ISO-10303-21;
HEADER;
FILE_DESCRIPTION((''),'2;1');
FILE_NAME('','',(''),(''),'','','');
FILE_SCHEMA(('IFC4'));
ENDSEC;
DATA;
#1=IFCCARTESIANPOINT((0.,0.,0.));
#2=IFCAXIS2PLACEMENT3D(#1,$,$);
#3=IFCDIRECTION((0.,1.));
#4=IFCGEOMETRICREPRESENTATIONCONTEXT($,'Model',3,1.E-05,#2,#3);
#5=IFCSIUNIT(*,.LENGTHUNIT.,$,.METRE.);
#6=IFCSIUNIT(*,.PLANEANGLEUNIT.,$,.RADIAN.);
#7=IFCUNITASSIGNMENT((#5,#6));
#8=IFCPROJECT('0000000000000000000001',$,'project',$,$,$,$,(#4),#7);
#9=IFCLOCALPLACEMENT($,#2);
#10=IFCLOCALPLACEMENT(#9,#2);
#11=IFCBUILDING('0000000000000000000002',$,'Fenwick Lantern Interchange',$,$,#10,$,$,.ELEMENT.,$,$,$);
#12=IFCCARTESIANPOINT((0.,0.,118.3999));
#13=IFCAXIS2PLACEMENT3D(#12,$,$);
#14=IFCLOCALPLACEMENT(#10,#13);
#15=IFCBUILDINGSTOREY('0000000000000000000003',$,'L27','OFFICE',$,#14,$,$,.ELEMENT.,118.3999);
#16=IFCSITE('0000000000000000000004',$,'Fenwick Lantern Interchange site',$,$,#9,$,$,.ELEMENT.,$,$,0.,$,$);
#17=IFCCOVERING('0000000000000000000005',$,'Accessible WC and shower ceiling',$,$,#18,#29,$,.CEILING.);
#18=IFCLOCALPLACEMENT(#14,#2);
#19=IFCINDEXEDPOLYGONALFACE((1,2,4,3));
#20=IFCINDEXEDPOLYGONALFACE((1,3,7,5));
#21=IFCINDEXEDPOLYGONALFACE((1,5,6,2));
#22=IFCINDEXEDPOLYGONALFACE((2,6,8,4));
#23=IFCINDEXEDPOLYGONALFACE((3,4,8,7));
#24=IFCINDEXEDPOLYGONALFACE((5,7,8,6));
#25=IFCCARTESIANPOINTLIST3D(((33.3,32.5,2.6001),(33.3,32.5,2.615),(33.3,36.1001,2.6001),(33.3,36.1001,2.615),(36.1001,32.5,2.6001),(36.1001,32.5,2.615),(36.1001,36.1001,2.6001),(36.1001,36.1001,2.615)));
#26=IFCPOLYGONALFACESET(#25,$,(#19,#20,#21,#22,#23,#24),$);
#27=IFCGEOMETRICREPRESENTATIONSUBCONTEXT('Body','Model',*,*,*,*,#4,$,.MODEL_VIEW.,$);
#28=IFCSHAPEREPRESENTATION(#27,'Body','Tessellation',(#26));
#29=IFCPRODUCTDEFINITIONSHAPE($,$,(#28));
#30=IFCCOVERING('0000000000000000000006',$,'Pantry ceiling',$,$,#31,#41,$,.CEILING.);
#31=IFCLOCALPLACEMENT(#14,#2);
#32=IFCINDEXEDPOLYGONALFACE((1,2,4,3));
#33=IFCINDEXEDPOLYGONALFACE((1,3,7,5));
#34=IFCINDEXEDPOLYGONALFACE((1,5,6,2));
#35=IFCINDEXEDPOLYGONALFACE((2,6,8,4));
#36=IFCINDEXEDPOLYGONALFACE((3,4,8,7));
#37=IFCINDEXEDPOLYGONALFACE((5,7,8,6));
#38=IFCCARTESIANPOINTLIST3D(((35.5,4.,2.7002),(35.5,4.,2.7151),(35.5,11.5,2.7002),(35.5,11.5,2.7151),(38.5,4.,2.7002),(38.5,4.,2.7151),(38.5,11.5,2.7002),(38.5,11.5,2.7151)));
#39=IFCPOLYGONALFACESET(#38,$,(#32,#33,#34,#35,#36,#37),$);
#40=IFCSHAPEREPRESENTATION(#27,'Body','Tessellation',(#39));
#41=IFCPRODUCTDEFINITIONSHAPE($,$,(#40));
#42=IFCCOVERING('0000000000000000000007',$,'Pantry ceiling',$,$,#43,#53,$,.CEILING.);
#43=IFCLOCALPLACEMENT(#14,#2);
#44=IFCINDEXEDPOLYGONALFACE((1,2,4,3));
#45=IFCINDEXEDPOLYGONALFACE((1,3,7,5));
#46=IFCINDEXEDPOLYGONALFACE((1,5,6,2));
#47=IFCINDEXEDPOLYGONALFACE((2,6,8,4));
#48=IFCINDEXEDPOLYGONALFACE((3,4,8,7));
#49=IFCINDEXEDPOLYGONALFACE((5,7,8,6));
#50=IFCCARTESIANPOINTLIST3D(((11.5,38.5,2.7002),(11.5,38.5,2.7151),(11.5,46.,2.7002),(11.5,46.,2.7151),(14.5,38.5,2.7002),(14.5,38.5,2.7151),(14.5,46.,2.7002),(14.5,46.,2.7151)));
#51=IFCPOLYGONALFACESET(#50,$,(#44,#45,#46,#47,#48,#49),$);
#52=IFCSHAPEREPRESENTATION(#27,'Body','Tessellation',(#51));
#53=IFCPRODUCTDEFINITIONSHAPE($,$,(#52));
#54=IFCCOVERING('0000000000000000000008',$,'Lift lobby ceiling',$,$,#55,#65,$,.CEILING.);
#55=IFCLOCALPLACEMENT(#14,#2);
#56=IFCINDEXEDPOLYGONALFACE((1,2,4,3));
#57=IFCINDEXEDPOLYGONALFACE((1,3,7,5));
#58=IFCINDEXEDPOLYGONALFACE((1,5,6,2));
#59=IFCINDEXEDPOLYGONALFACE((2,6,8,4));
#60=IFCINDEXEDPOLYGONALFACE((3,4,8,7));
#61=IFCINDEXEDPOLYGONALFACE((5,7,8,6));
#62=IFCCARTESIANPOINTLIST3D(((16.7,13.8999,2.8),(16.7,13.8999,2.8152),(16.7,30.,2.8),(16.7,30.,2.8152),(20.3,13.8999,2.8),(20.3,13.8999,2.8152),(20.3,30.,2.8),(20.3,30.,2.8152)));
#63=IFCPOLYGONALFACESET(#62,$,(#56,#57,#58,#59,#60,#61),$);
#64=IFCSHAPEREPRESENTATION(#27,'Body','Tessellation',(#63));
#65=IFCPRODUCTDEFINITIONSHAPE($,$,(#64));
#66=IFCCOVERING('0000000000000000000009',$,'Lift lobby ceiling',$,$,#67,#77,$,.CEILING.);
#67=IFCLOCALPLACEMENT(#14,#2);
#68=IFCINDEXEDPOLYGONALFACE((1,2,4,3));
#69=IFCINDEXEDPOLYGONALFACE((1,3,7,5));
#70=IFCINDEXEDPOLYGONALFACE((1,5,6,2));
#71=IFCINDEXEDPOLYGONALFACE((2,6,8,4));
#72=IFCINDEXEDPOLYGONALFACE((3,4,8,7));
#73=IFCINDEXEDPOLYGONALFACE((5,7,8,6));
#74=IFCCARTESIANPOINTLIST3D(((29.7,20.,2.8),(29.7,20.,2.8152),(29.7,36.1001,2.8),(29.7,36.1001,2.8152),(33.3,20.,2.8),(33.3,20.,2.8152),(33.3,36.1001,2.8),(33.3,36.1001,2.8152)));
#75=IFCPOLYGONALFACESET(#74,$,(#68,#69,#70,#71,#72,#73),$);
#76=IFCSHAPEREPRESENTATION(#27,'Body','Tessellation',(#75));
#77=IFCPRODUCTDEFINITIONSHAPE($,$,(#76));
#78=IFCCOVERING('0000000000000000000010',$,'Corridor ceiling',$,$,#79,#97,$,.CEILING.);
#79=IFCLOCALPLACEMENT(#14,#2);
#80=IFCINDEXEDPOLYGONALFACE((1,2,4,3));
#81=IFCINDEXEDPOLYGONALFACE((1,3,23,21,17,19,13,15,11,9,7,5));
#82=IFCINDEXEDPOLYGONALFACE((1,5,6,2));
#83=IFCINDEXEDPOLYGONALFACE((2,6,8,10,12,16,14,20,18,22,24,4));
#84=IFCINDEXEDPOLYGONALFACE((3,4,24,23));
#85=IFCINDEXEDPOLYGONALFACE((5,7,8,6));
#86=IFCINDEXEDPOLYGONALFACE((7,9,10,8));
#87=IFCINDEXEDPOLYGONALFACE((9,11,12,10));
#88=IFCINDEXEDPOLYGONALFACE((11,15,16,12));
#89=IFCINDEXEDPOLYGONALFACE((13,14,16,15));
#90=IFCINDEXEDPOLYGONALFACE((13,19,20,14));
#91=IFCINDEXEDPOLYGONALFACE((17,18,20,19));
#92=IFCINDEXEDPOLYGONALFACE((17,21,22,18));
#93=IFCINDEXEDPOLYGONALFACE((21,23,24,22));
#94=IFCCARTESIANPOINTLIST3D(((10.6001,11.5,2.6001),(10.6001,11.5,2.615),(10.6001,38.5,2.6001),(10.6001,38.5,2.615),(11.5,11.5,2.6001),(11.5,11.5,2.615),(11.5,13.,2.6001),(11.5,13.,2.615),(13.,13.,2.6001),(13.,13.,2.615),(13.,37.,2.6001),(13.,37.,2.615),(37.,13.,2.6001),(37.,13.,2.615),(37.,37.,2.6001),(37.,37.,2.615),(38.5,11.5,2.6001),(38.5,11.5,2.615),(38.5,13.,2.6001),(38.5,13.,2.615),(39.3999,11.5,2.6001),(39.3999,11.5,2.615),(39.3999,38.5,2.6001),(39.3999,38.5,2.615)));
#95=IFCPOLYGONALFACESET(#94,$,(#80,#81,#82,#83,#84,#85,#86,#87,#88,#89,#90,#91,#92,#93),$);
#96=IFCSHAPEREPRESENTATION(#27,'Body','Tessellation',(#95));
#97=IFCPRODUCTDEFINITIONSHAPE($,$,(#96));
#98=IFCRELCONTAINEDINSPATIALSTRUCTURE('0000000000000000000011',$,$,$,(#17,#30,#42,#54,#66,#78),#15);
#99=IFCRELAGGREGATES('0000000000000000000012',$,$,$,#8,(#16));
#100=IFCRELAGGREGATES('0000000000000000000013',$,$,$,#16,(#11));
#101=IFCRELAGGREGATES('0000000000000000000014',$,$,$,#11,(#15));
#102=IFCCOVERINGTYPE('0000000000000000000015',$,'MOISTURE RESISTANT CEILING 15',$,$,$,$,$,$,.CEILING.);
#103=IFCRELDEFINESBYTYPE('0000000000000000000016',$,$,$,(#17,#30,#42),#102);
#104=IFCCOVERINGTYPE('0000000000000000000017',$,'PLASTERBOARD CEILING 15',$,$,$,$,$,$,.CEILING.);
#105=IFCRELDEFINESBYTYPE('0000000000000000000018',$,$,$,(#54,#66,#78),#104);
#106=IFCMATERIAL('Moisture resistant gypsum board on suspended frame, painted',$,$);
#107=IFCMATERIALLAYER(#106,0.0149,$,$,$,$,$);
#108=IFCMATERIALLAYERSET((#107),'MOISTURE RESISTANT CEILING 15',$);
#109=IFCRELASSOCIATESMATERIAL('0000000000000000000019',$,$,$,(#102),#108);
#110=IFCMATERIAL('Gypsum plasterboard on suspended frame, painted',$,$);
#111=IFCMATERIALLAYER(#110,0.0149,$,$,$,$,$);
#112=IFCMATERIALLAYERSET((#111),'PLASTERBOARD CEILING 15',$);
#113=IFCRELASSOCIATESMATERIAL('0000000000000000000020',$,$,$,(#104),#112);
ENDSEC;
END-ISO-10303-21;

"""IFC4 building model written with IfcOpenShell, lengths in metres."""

from ifc_helpers import new_model, si_unit, direction, frame, origin, place, context, subcontext, project, spatial, polyline, outline, extrude, material, layer, layer_set, type_object, element, save


model = new_model("IFC4")

# Units and contexts
model_context = context("Model", 3, precision=1e-05, world=origin(), true_north=direction((0.0, 1.0)))
body_context = subcontext(model_context, "Body", "Model", "MODEL_VIEW")
ifc_project = project(units=[si_unit("LENGTHUNIT", "METRE"), si_unit("PLANEANGLEUNIT", "RADIAN")], contexts=[model_context])

# Site, building, storey
site_placement = place(None, origin())
site = spatial("IfcSite", under=ifc_project, at=site_placement, Name="Fenwick Lantern Interchange site", CompositionType="ELEMENT", RefElevation=0.0)
building_placement = place(site_placement, origin())
building = spatial("IfcBuilding", under=site, at=building_placement, Name="Fenwick Lantern Interchange", CompositionType="ELEMENT")
storey_placement = place(building_placement, frame((0.0, 0.0, 118.3999)))
storey = spatial("IfcBuildingStorey", under=building, at=storey_placement, Name="L27", Description="OFFICE", CompositionType="ELEMENT", Elevation=118.3999)

# Coverings
ifc_material_1 = material(Name="Moisture resistant gypsum board on suspended frame, painted")
ifc_layer_1 = layer(ifc_material_1, 0.0149)
ifc_layer_set_1 = layer_set([ifc_layer_1], Name="MOISTURE RESISTANT CEILING 15")
covering_type_1 = type_object("IfcCoveringType", Name="MOISTURE RESISTANT CEILING 15", PredefinedType="CEILING", material=ifc_layer_set_1)
covering_1_placement = place(storey_placement, frame((0.0, 0.0, 2.6001)))
element("IfcCovering", 1, at=covering_1_placement, inside=storey, type_object=covering_type_1, Name="Accessible WC and shower ceiling", PredefinedType="CEILING", context=body_context, shape_type="SweptSolid", body=[
    extrude(outline(polyline([(36.1001, 36.1001), (33.3, 36.1001), (33.3, 32.5), (36.1001, 32.5), (36.1001, 36.1001)])), origin(), (0.0, 0.0, 1.0), 0.0149),
])
covering_2_placement = place(storey_placement, frame((0.0, 0.0, 2.7002)))
element("IfcCovering", 2, at=covering_2_placement, inside=storey, type_object=covering_type_1, Name="Pantry ceiling", PredefinedType="CEILING", context=body_context, shape_type="SweptSolid", body=[
    extrude(outline(polyline([(35.5, 4.0), (38.5, 4.0), (38.5, 11.5), (35.5, 11.5), (35.5, 4.0)])), origin(), (0.0, 0.0, 1.0), 0.0149),
])
covering_3_placement = place(storey_placement, frame((0.0, 0.0, 2.7002)))
element("IfcCovering", 3, at=covering_3_placement, inside=storey, type_object=covering_type_1, Name="Pantry ceiling", PredefinedType="CEILING", context=body_context, shape_type="SweptSolid", body=[
    extrude(outline(polyline([(14.5, 46.0), (11.5, 46.0), (11.5, 38.5), (14.5, 38.5), (14.5, 46.0)])), origin(), (0.0, 0.0, 1.0), 0.0149),
])
ifc_material_2 = material(Name="Gypsum plasterboard on suspended frame, painted")
ifc_layer_2 = layer(ifc_material_2, 0.0149)
ifc_layer_set_2 = layer_set([ifc_layer_2], Name="PLASTERBOARD CEILING 15")
covering_type_2 = type_object("IfcCoveringType", Name="PLASTERBOARD CEILING 15", PredefinedType="CEILING", material=ifc_layer_set_2)
covering_4_placement = place(storey_placement, frame((0.0, 0.0, 2.8)))
element("IfcCovering", 4, at=covering_4_placement, inside=storey, type_object=covering_type_2, Name="Lift lobby ceiling", PredefinedType="CEILING", context=body_context, shape_type="SweptSolid", body=[
    extrude(outline(polyline([(16.7, 13.8999), (20.3, 13.8999), (20.3, 30.0), (16.7, 30.0), (16.7, 13.8999)])), origin(), (0.0, 0.0, 1.0), 0.0151),
])
covering_5_placement = place(storey_placement, frame((0.0, 0.0, 2.8)))
element("IfcCovering", 5, at=covering_5_placement, inside=storey, type_object=covering_type_2, Name="Lift lobby ceiling", PredefinedType="CEILING", context=body_context, shape_type="SweptSolid", body=[
    extrude(outline(polyline([(33.3, 36.1001), (29.7, 36.1001), (29.7, 20.0), (33.3, 20.0), (33.3, 36.1001)])), origin(), (0.0, 0.0, 1.0), 0.0151),
])
covering_6_placement = place(storey_placement, frame((0.0, 0.0, 2.6001)))
element("IfcCovering", 6, at=covering_6_placement, inside=storey, type_object=covering_type_2, Name="Corridor ceiling", PredefinedType="CEILING", context=body_context, shape_type="SweptSolid", body=[
    extrude(outline(polyline([(10.6001, 38.5), (10.6001, 11.5), (11.5, 11.5), (11.5, 13.0), (13.0, 13.0), (13.0, 37.0), (37.0, 37.0), (37.0, 13.0), (38.5, 13.0), (38.5, 11.5), (39.3999, 11.5), (39.3999, 38.5), (10.6001, 38.5)])), origin(), (0.0, 0.0, 1.0), 0.0149),
])

save(model, "model.ifc")
